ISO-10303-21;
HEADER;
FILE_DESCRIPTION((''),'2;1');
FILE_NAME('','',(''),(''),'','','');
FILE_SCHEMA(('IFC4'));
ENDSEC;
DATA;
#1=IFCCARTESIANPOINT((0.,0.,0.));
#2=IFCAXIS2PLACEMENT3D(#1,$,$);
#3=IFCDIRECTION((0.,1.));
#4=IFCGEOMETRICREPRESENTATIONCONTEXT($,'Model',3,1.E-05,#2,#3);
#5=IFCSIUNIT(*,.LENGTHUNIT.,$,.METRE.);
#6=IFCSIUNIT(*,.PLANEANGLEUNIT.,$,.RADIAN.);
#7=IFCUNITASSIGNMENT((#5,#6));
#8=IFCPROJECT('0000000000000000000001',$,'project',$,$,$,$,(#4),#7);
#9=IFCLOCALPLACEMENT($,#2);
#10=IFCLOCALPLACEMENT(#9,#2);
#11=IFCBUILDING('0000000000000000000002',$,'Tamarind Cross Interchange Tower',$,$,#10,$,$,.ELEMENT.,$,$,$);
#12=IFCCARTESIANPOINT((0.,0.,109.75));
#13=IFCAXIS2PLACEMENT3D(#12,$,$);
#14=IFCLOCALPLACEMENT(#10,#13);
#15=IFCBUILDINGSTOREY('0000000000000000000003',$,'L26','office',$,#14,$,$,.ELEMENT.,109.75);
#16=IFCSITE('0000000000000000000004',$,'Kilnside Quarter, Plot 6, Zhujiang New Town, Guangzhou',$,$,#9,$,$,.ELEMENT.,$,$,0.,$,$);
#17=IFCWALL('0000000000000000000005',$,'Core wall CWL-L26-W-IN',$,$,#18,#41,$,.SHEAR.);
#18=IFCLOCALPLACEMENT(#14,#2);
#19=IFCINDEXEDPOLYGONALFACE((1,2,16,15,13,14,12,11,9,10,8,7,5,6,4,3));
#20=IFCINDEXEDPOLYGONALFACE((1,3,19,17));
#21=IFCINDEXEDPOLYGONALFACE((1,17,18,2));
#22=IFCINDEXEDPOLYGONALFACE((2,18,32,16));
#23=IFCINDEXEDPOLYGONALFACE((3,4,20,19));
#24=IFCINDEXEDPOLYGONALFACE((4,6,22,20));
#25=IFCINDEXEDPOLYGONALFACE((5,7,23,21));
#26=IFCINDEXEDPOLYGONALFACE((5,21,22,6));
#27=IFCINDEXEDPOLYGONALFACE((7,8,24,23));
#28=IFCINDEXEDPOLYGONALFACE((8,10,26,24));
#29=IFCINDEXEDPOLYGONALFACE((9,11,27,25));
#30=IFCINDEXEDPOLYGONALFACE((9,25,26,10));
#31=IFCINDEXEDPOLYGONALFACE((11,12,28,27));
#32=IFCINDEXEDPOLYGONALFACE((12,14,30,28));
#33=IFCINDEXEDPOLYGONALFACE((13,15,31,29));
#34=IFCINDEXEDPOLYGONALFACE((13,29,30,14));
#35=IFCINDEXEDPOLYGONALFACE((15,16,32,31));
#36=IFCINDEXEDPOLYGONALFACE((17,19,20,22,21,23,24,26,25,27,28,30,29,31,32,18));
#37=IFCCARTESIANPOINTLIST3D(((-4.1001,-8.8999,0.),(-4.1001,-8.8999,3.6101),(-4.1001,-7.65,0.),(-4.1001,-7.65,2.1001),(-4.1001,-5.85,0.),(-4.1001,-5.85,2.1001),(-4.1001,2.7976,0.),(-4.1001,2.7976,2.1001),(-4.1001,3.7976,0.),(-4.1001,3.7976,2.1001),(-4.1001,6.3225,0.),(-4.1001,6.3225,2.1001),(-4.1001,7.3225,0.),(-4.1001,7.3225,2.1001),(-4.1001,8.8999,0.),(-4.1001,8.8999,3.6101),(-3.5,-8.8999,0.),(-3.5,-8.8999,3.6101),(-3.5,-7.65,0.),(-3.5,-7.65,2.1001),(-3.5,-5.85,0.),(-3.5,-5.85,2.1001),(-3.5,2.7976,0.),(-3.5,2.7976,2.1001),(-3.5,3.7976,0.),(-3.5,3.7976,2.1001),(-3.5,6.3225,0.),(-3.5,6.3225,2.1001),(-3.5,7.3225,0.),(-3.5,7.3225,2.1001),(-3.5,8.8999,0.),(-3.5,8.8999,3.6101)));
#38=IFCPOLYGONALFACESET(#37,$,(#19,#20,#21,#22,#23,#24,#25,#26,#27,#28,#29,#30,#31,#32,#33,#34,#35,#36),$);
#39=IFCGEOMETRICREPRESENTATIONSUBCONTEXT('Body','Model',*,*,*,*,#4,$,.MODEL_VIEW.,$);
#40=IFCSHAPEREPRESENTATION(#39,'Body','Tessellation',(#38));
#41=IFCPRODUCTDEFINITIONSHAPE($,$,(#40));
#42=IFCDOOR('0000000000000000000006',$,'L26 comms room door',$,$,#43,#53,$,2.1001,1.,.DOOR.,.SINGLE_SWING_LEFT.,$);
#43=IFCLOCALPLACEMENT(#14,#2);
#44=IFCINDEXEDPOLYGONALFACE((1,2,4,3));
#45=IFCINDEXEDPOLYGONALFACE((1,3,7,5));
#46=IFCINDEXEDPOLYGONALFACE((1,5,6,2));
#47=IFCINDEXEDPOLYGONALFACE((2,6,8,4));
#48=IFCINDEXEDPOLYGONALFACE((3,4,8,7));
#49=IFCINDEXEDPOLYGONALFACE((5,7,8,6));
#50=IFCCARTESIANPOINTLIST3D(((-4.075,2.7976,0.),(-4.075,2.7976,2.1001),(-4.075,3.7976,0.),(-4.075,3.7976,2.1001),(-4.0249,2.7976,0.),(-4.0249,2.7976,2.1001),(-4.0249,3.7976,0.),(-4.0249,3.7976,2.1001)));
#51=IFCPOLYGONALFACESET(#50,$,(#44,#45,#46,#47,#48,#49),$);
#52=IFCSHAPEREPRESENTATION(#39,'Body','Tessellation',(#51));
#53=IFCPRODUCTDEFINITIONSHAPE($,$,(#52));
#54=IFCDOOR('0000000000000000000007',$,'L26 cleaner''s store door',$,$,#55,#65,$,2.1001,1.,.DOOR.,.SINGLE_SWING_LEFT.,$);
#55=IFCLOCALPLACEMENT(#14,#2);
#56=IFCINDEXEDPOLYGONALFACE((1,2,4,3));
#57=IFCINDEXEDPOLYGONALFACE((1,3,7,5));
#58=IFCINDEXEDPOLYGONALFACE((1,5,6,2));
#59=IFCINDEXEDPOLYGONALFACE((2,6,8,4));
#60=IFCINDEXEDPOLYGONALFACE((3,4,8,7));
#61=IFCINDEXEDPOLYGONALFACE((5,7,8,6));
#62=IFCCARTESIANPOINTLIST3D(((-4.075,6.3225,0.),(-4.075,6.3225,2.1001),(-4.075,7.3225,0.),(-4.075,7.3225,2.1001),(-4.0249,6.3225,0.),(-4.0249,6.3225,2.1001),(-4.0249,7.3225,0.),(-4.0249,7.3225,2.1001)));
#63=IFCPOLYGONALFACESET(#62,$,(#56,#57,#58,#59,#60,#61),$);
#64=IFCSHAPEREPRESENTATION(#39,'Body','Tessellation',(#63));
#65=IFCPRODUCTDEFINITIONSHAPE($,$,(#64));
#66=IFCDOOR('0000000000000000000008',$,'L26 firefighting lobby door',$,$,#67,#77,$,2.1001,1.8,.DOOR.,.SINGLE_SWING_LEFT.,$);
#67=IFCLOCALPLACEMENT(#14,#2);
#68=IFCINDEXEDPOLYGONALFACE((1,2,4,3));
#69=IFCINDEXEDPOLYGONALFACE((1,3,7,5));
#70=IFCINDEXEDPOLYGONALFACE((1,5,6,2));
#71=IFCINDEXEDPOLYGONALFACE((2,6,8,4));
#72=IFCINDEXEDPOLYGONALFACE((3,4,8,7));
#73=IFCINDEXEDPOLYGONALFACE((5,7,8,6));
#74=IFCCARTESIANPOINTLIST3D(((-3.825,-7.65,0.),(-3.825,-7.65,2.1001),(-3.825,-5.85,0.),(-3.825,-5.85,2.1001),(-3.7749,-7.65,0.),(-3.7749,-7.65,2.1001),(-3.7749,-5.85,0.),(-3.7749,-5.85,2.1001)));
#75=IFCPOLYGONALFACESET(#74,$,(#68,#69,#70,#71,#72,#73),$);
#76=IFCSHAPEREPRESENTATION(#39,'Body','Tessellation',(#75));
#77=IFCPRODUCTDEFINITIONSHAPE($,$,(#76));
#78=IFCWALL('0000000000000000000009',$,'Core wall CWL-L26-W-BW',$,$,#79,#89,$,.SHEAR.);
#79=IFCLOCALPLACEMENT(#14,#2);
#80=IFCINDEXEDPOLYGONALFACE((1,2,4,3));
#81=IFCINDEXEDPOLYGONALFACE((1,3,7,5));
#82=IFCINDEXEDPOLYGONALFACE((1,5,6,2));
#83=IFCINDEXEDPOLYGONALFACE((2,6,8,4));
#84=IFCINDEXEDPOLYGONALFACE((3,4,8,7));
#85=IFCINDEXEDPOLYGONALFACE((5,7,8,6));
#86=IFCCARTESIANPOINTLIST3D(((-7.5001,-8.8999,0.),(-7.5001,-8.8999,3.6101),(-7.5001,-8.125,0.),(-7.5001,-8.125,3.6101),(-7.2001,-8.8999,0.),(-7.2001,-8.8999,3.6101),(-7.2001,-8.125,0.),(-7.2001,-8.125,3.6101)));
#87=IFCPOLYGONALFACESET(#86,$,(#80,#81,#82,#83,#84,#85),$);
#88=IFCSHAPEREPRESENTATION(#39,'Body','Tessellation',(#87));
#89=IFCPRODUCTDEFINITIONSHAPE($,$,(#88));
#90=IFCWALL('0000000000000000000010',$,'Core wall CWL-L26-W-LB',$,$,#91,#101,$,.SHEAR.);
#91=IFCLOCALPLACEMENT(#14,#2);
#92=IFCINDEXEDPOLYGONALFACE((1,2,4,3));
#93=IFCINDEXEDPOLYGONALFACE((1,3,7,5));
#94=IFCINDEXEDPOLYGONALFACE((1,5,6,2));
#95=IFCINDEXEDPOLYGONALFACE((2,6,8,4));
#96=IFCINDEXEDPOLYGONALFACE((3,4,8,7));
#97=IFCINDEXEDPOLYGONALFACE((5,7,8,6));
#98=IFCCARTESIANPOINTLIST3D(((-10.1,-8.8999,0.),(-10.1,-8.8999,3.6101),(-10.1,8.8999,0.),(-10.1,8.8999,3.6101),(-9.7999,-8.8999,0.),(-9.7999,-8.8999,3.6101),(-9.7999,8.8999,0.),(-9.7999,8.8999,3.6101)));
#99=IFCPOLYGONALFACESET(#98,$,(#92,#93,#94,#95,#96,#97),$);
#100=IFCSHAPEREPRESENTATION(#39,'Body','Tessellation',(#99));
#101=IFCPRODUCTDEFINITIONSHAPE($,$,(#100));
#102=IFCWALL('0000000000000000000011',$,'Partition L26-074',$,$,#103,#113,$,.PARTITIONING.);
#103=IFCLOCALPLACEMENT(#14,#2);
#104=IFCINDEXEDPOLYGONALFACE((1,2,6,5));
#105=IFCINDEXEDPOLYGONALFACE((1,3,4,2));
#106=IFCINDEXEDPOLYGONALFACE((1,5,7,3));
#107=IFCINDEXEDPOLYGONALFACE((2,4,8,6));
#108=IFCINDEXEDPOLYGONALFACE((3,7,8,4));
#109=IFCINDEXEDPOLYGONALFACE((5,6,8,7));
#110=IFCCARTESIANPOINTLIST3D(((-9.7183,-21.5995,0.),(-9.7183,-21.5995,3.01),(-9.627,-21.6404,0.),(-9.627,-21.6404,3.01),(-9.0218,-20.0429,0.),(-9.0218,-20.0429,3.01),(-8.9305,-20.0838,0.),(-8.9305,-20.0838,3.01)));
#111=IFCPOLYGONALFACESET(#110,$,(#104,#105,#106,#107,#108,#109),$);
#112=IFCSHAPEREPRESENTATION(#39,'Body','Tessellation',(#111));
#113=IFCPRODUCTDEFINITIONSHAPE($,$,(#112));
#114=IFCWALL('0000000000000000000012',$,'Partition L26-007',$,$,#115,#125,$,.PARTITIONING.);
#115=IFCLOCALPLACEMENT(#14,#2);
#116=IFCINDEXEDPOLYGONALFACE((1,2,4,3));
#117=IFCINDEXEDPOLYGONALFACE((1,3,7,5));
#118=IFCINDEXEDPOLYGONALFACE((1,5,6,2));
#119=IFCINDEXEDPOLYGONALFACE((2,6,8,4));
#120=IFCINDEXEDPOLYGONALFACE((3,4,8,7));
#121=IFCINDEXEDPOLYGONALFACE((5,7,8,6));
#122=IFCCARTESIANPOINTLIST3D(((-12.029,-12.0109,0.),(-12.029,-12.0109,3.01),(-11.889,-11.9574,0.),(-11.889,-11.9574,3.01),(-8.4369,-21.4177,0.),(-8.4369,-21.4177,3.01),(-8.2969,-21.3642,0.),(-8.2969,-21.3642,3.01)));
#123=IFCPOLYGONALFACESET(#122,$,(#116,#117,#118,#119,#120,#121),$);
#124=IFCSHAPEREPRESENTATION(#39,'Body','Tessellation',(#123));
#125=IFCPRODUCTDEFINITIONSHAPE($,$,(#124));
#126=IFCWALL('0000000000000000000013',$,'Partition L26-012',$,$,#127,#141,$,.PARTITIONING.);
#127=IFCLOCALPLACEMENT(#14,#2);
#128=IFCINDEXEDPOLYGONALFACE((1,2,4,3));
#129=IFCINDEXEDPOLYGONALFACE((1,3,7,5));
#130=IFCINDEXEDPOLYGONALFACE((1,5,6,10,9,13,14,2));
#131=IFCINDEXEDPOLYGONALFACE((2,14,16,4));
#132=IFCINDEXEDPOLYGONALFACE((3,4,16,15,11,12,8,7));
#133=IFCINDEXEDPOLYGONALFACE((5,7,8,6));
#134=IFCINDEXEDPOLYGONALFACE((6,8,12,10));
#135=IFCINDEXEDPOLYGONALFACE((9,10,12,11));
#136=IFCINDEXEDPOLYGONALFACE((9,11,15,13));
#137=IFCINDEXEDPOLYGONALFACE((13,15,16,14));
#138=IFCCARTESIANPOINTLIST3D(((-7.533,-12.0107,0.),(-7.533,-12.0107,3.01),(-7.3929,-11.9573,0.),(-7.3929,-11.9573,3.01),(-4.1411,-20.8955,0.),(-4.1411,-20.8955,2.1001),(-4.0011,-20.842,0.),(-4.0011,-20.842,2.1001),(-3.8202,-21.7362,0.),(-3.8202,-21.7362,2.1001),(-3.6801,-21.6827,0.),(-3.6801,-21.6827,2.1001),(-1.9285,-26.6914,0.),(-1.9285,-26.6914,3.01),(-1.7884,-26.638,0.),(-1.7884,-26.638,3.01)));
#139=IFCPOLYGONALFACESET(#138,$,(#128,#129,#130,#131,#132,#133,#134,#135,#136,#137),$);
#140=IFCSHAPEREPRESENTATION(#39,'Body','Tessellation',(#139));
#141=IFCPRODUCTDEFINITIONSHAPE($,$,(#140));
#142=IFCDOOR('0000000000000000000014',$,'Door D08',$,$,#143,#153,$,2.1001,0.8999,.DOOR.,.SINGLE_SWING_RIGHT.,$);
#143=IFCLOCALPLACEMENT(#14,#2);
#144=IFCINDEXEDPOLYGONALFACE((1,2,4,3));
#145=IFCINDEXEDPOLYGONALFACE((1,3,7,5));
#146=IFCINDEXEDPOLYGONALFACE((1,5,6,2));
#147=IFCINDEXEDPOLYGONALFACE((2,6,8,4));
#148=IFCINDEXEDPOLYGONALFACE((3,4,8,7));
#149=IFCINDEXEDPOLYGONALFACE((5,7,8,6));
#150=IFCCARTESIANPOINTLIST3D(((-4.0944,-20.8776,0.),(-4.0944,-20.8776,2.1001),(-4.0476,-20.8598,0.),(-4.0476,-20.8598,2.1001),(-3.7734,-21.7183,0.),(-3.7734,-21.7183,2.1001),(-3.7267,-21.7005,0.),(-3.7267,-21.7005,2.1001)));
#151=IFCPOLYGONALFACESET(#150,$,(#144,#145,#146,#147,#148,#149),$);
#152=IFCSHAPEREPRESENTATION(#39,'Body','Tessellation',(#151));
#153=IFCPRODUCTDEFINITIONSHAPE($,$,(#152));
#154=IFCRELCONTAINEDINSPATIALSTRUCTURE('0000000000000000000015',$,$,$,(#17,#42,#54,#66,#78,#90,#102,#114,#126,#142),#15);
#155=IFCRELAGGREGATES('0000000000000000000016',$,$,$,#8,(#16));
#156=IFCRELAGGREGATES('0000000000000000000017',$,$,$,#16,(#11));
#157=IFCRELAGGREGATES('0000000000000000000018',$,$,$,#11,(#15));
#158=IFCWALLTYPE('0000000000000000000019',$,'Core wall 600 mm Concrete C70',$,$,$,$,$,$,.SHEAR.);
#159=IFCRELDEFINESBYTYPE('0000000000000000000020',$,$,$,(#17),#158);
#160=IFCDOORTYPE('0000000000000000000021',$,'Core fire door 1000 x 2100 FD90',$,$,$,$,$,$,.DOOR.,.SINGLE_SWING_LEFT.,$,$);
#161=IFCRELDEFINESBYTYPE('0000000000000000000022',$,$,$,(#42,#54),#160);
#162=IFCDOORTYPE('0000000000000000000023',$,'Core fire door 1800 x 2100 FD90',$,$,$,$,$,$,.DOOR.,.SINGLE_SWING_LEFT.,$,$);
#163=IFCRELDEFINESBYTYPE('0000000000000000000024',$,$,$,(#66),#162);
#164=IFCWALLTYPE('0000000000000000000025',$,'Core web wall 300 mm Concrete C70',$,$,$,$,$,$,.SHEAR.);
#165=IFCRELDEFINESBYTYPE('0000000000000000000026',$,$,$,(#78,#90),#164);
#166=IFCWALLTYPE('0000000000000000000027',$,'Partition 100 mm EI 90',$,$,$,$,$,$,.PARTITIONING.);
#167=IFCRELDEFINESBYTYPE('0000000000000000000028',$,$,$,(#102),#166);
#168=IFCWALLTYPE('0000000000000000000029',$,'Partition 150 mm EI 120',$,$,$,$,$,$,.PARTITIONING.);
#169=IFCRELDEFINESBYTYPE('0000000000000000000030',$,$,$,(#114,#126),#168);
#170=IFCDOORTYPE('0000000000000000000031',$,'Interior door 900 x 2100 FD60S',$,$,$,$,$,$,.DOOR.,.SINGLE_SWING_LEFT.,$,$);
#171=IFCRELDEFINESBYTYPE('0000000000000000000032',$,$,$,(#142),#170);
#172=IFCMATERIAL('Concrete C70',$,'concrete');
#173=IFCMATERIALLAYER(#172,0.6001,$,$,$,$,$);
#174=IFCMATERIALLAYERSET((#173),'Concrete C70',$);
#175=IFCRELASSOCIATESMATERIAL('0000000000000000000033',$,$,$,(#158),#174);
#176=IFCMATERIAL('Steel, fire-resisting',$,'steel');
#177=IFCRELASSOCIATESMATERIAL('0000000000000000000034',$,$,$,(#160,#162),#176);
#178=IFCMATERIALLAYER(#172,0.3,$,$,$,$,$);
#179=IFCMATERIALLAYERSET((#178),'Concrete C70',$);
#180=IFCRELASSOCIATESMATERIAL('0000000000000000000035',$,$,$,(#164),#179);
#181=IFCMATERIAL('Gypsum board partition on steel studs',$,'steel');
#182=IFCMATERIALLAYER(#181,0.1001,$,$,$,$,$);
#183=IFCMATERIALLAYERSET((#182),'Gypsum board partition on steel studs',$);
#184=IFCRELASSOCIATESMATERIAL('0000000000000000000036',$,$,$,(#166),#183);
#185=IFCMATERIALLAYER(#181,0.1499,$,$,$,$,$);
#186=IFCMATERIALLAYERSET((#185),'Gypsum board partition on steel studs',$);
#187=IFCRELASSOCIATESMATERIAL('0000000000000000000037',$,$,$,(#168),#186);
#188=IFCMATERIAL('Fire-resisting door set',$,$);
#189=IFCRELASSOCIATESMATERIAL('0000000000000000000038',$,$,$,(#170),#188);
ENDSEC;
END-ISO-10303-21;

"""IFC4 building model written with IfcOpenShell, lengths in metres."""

from ifc_helpers import new_model, si_unit, direction, frame, frame_2d, origin, place, context, subcontext, project, spatial, rectangle, extrude, material, layer, layer_set, type_object, element, fill, save


model = new_model("IFC4")

# Units and contexts
model_context = context("Model", 3, precision=1e-05, world=origin(), true_north=direction((0.0, 1.0)))
body_context = subcontext(model_context, "Body", "Model", "MODEL_VIEW")
ifc_project = project(units=[si_unit("LENGTHUNIT", "METRE"), si_unit("PLANEANGLEUNIT", "RADIAN")], contexts=[model_context])

# Site, building, storey
site_placement = place(None, origin())
site = spatial("IfcSite", under=ifc_project, at=site_placement, Name="Kilnside Quarter, Plot 6, Zhujiang New Town, Guangzhou", CompositionType="ELEMENT", RefElevation=0.0)
building_placement = place(site_placement, origin())
building = spatial("IfcBuilding", under=site, at=building_placement, Name="Tamarind Cross Interchange Tower", CompositionType="ELEMENT")
storey_placement = place(building_placement, frame((0.0, 0.0, 109.75)))
storey = spatial("IfcBuildingStorey", under=building, at=storey_placement, Name="L26", Description="office", CompositionType="ELEMENT", Elevation=109.75)

# Wall, openings, doors
ifc_material_1 = material(Name="Concrete C70", Category="concrete")
ifc_layer_1 = layer(ifc_material_1, 0.6001)
ifc_layer_set_1 = layer_set([ifc_layer_1], Name="Concrete C70")
wall_type_1 = type_object("IfcWallType", Name="Core wall 600 mm Concrete C70", PredefinedType="SHEAR", material=ifc_layer_set_1)
wall_1_placement = place(storey_placement, frame((-3.8, -8.8999, 0.0), z_axis=(0.0, 0.0, 1.0), x_axis=(0.0, 1.0, 0.0)))
wall_1 = element("IfcWall", 1, at=wall_1_placement, inside=storey, type_object=wall_type_1, Name="Core wall CWL-L26-W-IN", PredefinedType="SHEAR", context=body_context, shape_type="SweptSolid", body=[
    extrude(rectangle(XDim=17.7998, YDim=0.6001, at=frame_2d((8.8999, 0.0))), origin(), (0.0, 0.0, 1.0), 3.6101),
])
opening_1_placement = place(wall_1_placement, frame((1.25, 0.0, 0.0)))
opening_1 = element("IfcOpeningElement", 2, at=opening_1_placement, cuts=wall_1, PredefinedType="OPENING", context=body_context, shape_type="SweptSolid", body=[
    extrude(rectangle(XDim=1.8, YDim=2.1001, at=frame_2d((0.8999, 1.05))), frame((0.0, 0.3101, 0.0), z_axis=(0.0, -1.0, 0.0), x_axis=(1.0, 0.0, 0.0)), (0.0, 0.0, 1.0), 0.6201),
])
opening_2_placement = place(wall_1_placement, frame((11.6975, 0.0, 0.0)))
opening_2 = element("IfcOpeningElement", 3, at=opening_2_placement, cuts=wall_1, PredefinedType="OPENING", context=body_context, shape_type="SweptSolid", body=[
    extrude(rectangle(XDim=1.0, YDim=2.1001, at=frame_2d((0.5, 1.05))), frame((0.0, 0.3101, 0.0), z_axis=(0.0, -1.0, 0.0), x_axis=(1.0, 0.0, 0.0)), (0.0, 0.0, 1.0), 0.6201),
])
opening_3_placement = place(wall_1_placement, frame((15.2224, 0.0, 0.0)))
opening_3 = element("IfcOpeningElement", 4, at=opening_3_placement, cuts=wall_1, PredefinedType="OPENING", context=body_context, shape_type="SweptSolid", body=[
    extrude(rectangle(XDim=1.0, YDim=2.1001, at=frame_2d((0.5, 1.05))), frame((0.0, 0.3101, 0.0), z_axis=(0.0, -1.0, 0.0), x_axis=(1.0, 0.0, 0.0)), (0.0, 0.0, 1.0), 0.6201),
])
ifc_material_2 = material(Name="Steel, fire-resisting", Category="steel")
door_type_1 = type_object("IfcDoorType", Name="Core fire door 1000 x 2100 FD90", OperationType="SINGLE_SWING_LEFT", PredefinedType="DOOR", material=ifc_material_2)
door_1_placement = place(opening_2_placement, origin())
door_1 = element("IfcDoor", 5, at=door_1_placement, inside=storey, type_object=door_type_1, Name="L26 comms room door", OperationType="SINGLE_SWING_LEFT", OverallHeight=2.1001, OverallWidth=1.0, PredefinedType="DOOR", context=body_context, shape_type="SweptSolid", body=[
    extrude(rectangle(XDim=1.0, YDim=2.1001, at=frame_2d((0.5, 1.05))), frame((0.0, 0.2749, 0.0), z_axis=(0.0, -1.0, 0.0), x_axis=(1.0, 0.0, 0.0)), (0.0, 0.0, 1.0), 0.05),
])
fill(opening_2, door_1)
door_2_placement = place(opening_3_placement, origin())
door_2 = element("IfcDoor", 6, at=door_2_placement, inside=storey, type_object=door_type_1, Name="L26 cleaner's store door", OperationType="SINGLE_SWING_LEFT", OverallHeight=2.1001, OverallWidth=1.0, PredefinedType="DOOR", context=body_context, shape_type="SweptSolid", body=[
    extrude(rectangle(XDim=1.0, YDim=2.1001, at=frame_2d((0.5, 1.05))), frame((0.0, 0.2749, 0.0), z_axis=(0.0, -1.0, 0.0), x_axis=(1.0, 0.0, 0.0)), (0.0, 0.0, 1.0), 0.05),
])
fill(opening_3, door_2)
door_type_2 = type_object("IfcDoorType", Name="Core fire door 1800 x 2100 FD90", OperationType="SINGLE_SWING_LEFT", PredefinedType="DOOR", material=ifc_material_2)
door_3_placement = place(opening_1_placement, origin())
door_3 = element("IfcDoor", 7, at=door_3_placement, inside=storey, type_object=door_type_2, Name="L26 firefighting lobby door", OperationType="SINGLE_SWING_LEFT", OverallHeight=2.1001, OverallWidth=1.8, PredefinedType="DOOR", context=body_context, shape_type="SweptSolid", body=[
    extrude(rectangle(XDim=1.8, YDim=2.1001, at=frame_2d((0.8999, 1.05))), frame((0.0, 0.0249, 0.0), z_axis=(0.0, -1.0, 0.0), x_axis=(1.0, 0.0, 0.0)), (0.0, 0.0, 1.0), 0.05),
])
fill(opening_1, door_3)

# Walls
ifc_layer_2 = layer(ifc_material_1, 0.3)
ifc_layer_set_2 = layer_set([ifc_layer_2], Name="Concrete C70")
wall_type_2 = type_object("IfcWallType", Name="Core web wall 300 mm Concrete C70", PredefinedType="SHEAR", material=ifc_layer_set_2)
wall_2_placement = place(storey_placement, frame((-7.3501, -8.8999, 0.0), z_axis=(0.0, 0.0, 1.0), x_axis=(0.0, 1.0, 0.0)))
element("IfcWall", 8, at=wall_2_placement, inside=storey, type_object=wall_type_2, Name="Core wall CWL-L26-W-BW", PredefinedType="SHEAR", context=body_context, shape_type="SweptSolid", body=[
    extrude(rectangle(XDim=0.7749, YDim=0.3, at=frame_2d((0.3875, 0.0))), origin(), (0.0, 0.0, 1.0), 3.6101),
])
wall_3_placement = place(storey_placement, frame((-9.95, -8.8999, 0.0), z_axis=(0.0, 0.0, 1.0), x_axis=(0.0, 1.0, 0.0)))
element("IfcWall", 9, at=wall_3_placement, inside=storey, type_object=wall_type_2, Name="Core wall CWL-L26-W-LB", PredefinedType="SHEAR", context=body_context, shape_type="SweptSolid", body=[
    extrude(rectangle(XDim=17.7998, YDim=0.3, at=frame_2d((8.8999, 0.0))), origin(), (0.0, 0.0, 1.0), 3.6101),
])
ifc_material_3 = material(Name="Gypsum board partition on steel studs", Category="steel")
ifc_layer_3 = layer(ifc_material_3, 0.1001)
ifc_layer_set_3 = layer_set([ifc_layer_3], Name="Gypsum board partition on steel studs")
wall_type_3 = type_object("IfcWallType", Name="Partition 100 mm EI 90", PredefinedType="PARTITIONING", material=ifc_layer_set_3)
wall_4_placement = place(storey_placement, frame((-9.6726, -21.6199, 0.0), z_axis=(0.0, 0.0, 1.0), x_axis=(0.408435, 0.912787, 0.0)))
element("IfcWall", 10, at=wall_4_placement, inside=storey, type_object=wall_type_3, Name="Partition L26-074", PredefinedType="PARTITIONING", context=body_context, shape_type="SweptSolid", body=[
    extrude(rectangle(XDim=1.7053, YDim=0.1001, at=frame_2d((0.8525, 0.0))), origin(), (0.0, 0.0, 1.0), 3.01),
])
ifc_layer_4 = layer(ifc_material_3, 0.1499)
ifc_layer_set_4 = layer_set([ifc_layer_4], Name="Gypsum board partition on steel studs")
wall_type_4 = type_object("IfcWallType", Name="Partition 150 mm EI 120", PredefinedType="PARTITIONING", material=ifc_layer_set_4)
wall_5_placement = place(storey_placement, frame((-11.959, -11.9841, 0.0), z_axis=(0.0, 0.0, 1.0), x_axis=(0.356734, -0.934206, 0.0)))
element("IfcWall", 11, at=wall_5_placement, inside=storey, type_object=wall_type_4, Name="Partition L26-007", PredefinedType="PARTITIONING", context=body_context, shape_type="SweptSolid", body=[
    extrude(rectangle(XDim=10.0693, YDim=0.1499, at=frame_2d((5.0347, 0.0))), origin(), (0.0, 0.0, 1.0), 3.01),
])

# Wall, opening, door
wall_6_placement = place(storey_placement, frame((-7.4629, -11.9841, 0.0), z_axis=(0.0, 0.0, 1.0), x_axis=(0.356654, -0.934236, 0.0)))
wall_6 = element("IfcWall", 12, at=wall_6_placement, inside=storey, type_object=wall_type_4, Name="Partition L26-012", PredefinedType="PARTITIONING", context=body_context, shape_type="SweptSolid", body=[
    extrude(rectangle(XDim=15.7141, YDim=0.1499, at=frame_2d((7.8569, 0.0))), origin(), (0.0, 0.0, 1.0), 3.01),
])
opening_4_placement = place(wall_6_placement, frame((9.51, 0.0, 0.0)))
opening_4 = element("IfcOpeningElement", 13, at=opening_4_placement, cuts=wall_6, PredefinedType="OPENING", context=body_context, shape_type="SweptSolid", body=[
    extrude(rectangle(XDim=0.8999, YDim=2.1001, at=frame_2d((0.45, 1.05))), frame((0.0, 0.085, 0.0), z_axis=(0.0, -1.0, 0.0), x_axis=(1.0, 0.0, 0.0)), (0.0, 0.0, 1.0), 0.1699),
])
ifc_material_4 = material(Name="Fire-resisting door set")
door_type_3 = type_object("IfcDoorType", Name="Interior door 900 x 2100 FD60S", OperationType="SINGLE_SWING_LEFT", PredefinedType="DOOR", material=ifc_material_4)
door_4_placement = place(opening_4_placement, frame((0.8999, 0.0, 0.0), z_axis=(0.0, 0.0, 1.0), x_axis=(-1.0, 0.0, 0.0)))
door_4 = element("IfcDoor", 14, at=door_4_placement, inside=storey, type_object=door_type_3, Name="Door D08", OperationType="SINGLE_SWING_RIGHT", OverallHeight=2.1001, OverallWidth=0.8999, PredefinedType="DOOR", context=body_context, shape_type="SweptSolid", body=[
    extrude(rectangle(XDim=0.8999, YDim=2.1001, at=frame_2d((0.45, 1.05))), frame((0.0, 0.0249, 0.0), z_axis=(0.0, -1.0, 0.0), x_axis=(1.0, 0.0, 0.0)), (0.0, 0.0, 1.0), 0.05),
])
fill(opening_4, door_4)

save(model, "model.ifc")
